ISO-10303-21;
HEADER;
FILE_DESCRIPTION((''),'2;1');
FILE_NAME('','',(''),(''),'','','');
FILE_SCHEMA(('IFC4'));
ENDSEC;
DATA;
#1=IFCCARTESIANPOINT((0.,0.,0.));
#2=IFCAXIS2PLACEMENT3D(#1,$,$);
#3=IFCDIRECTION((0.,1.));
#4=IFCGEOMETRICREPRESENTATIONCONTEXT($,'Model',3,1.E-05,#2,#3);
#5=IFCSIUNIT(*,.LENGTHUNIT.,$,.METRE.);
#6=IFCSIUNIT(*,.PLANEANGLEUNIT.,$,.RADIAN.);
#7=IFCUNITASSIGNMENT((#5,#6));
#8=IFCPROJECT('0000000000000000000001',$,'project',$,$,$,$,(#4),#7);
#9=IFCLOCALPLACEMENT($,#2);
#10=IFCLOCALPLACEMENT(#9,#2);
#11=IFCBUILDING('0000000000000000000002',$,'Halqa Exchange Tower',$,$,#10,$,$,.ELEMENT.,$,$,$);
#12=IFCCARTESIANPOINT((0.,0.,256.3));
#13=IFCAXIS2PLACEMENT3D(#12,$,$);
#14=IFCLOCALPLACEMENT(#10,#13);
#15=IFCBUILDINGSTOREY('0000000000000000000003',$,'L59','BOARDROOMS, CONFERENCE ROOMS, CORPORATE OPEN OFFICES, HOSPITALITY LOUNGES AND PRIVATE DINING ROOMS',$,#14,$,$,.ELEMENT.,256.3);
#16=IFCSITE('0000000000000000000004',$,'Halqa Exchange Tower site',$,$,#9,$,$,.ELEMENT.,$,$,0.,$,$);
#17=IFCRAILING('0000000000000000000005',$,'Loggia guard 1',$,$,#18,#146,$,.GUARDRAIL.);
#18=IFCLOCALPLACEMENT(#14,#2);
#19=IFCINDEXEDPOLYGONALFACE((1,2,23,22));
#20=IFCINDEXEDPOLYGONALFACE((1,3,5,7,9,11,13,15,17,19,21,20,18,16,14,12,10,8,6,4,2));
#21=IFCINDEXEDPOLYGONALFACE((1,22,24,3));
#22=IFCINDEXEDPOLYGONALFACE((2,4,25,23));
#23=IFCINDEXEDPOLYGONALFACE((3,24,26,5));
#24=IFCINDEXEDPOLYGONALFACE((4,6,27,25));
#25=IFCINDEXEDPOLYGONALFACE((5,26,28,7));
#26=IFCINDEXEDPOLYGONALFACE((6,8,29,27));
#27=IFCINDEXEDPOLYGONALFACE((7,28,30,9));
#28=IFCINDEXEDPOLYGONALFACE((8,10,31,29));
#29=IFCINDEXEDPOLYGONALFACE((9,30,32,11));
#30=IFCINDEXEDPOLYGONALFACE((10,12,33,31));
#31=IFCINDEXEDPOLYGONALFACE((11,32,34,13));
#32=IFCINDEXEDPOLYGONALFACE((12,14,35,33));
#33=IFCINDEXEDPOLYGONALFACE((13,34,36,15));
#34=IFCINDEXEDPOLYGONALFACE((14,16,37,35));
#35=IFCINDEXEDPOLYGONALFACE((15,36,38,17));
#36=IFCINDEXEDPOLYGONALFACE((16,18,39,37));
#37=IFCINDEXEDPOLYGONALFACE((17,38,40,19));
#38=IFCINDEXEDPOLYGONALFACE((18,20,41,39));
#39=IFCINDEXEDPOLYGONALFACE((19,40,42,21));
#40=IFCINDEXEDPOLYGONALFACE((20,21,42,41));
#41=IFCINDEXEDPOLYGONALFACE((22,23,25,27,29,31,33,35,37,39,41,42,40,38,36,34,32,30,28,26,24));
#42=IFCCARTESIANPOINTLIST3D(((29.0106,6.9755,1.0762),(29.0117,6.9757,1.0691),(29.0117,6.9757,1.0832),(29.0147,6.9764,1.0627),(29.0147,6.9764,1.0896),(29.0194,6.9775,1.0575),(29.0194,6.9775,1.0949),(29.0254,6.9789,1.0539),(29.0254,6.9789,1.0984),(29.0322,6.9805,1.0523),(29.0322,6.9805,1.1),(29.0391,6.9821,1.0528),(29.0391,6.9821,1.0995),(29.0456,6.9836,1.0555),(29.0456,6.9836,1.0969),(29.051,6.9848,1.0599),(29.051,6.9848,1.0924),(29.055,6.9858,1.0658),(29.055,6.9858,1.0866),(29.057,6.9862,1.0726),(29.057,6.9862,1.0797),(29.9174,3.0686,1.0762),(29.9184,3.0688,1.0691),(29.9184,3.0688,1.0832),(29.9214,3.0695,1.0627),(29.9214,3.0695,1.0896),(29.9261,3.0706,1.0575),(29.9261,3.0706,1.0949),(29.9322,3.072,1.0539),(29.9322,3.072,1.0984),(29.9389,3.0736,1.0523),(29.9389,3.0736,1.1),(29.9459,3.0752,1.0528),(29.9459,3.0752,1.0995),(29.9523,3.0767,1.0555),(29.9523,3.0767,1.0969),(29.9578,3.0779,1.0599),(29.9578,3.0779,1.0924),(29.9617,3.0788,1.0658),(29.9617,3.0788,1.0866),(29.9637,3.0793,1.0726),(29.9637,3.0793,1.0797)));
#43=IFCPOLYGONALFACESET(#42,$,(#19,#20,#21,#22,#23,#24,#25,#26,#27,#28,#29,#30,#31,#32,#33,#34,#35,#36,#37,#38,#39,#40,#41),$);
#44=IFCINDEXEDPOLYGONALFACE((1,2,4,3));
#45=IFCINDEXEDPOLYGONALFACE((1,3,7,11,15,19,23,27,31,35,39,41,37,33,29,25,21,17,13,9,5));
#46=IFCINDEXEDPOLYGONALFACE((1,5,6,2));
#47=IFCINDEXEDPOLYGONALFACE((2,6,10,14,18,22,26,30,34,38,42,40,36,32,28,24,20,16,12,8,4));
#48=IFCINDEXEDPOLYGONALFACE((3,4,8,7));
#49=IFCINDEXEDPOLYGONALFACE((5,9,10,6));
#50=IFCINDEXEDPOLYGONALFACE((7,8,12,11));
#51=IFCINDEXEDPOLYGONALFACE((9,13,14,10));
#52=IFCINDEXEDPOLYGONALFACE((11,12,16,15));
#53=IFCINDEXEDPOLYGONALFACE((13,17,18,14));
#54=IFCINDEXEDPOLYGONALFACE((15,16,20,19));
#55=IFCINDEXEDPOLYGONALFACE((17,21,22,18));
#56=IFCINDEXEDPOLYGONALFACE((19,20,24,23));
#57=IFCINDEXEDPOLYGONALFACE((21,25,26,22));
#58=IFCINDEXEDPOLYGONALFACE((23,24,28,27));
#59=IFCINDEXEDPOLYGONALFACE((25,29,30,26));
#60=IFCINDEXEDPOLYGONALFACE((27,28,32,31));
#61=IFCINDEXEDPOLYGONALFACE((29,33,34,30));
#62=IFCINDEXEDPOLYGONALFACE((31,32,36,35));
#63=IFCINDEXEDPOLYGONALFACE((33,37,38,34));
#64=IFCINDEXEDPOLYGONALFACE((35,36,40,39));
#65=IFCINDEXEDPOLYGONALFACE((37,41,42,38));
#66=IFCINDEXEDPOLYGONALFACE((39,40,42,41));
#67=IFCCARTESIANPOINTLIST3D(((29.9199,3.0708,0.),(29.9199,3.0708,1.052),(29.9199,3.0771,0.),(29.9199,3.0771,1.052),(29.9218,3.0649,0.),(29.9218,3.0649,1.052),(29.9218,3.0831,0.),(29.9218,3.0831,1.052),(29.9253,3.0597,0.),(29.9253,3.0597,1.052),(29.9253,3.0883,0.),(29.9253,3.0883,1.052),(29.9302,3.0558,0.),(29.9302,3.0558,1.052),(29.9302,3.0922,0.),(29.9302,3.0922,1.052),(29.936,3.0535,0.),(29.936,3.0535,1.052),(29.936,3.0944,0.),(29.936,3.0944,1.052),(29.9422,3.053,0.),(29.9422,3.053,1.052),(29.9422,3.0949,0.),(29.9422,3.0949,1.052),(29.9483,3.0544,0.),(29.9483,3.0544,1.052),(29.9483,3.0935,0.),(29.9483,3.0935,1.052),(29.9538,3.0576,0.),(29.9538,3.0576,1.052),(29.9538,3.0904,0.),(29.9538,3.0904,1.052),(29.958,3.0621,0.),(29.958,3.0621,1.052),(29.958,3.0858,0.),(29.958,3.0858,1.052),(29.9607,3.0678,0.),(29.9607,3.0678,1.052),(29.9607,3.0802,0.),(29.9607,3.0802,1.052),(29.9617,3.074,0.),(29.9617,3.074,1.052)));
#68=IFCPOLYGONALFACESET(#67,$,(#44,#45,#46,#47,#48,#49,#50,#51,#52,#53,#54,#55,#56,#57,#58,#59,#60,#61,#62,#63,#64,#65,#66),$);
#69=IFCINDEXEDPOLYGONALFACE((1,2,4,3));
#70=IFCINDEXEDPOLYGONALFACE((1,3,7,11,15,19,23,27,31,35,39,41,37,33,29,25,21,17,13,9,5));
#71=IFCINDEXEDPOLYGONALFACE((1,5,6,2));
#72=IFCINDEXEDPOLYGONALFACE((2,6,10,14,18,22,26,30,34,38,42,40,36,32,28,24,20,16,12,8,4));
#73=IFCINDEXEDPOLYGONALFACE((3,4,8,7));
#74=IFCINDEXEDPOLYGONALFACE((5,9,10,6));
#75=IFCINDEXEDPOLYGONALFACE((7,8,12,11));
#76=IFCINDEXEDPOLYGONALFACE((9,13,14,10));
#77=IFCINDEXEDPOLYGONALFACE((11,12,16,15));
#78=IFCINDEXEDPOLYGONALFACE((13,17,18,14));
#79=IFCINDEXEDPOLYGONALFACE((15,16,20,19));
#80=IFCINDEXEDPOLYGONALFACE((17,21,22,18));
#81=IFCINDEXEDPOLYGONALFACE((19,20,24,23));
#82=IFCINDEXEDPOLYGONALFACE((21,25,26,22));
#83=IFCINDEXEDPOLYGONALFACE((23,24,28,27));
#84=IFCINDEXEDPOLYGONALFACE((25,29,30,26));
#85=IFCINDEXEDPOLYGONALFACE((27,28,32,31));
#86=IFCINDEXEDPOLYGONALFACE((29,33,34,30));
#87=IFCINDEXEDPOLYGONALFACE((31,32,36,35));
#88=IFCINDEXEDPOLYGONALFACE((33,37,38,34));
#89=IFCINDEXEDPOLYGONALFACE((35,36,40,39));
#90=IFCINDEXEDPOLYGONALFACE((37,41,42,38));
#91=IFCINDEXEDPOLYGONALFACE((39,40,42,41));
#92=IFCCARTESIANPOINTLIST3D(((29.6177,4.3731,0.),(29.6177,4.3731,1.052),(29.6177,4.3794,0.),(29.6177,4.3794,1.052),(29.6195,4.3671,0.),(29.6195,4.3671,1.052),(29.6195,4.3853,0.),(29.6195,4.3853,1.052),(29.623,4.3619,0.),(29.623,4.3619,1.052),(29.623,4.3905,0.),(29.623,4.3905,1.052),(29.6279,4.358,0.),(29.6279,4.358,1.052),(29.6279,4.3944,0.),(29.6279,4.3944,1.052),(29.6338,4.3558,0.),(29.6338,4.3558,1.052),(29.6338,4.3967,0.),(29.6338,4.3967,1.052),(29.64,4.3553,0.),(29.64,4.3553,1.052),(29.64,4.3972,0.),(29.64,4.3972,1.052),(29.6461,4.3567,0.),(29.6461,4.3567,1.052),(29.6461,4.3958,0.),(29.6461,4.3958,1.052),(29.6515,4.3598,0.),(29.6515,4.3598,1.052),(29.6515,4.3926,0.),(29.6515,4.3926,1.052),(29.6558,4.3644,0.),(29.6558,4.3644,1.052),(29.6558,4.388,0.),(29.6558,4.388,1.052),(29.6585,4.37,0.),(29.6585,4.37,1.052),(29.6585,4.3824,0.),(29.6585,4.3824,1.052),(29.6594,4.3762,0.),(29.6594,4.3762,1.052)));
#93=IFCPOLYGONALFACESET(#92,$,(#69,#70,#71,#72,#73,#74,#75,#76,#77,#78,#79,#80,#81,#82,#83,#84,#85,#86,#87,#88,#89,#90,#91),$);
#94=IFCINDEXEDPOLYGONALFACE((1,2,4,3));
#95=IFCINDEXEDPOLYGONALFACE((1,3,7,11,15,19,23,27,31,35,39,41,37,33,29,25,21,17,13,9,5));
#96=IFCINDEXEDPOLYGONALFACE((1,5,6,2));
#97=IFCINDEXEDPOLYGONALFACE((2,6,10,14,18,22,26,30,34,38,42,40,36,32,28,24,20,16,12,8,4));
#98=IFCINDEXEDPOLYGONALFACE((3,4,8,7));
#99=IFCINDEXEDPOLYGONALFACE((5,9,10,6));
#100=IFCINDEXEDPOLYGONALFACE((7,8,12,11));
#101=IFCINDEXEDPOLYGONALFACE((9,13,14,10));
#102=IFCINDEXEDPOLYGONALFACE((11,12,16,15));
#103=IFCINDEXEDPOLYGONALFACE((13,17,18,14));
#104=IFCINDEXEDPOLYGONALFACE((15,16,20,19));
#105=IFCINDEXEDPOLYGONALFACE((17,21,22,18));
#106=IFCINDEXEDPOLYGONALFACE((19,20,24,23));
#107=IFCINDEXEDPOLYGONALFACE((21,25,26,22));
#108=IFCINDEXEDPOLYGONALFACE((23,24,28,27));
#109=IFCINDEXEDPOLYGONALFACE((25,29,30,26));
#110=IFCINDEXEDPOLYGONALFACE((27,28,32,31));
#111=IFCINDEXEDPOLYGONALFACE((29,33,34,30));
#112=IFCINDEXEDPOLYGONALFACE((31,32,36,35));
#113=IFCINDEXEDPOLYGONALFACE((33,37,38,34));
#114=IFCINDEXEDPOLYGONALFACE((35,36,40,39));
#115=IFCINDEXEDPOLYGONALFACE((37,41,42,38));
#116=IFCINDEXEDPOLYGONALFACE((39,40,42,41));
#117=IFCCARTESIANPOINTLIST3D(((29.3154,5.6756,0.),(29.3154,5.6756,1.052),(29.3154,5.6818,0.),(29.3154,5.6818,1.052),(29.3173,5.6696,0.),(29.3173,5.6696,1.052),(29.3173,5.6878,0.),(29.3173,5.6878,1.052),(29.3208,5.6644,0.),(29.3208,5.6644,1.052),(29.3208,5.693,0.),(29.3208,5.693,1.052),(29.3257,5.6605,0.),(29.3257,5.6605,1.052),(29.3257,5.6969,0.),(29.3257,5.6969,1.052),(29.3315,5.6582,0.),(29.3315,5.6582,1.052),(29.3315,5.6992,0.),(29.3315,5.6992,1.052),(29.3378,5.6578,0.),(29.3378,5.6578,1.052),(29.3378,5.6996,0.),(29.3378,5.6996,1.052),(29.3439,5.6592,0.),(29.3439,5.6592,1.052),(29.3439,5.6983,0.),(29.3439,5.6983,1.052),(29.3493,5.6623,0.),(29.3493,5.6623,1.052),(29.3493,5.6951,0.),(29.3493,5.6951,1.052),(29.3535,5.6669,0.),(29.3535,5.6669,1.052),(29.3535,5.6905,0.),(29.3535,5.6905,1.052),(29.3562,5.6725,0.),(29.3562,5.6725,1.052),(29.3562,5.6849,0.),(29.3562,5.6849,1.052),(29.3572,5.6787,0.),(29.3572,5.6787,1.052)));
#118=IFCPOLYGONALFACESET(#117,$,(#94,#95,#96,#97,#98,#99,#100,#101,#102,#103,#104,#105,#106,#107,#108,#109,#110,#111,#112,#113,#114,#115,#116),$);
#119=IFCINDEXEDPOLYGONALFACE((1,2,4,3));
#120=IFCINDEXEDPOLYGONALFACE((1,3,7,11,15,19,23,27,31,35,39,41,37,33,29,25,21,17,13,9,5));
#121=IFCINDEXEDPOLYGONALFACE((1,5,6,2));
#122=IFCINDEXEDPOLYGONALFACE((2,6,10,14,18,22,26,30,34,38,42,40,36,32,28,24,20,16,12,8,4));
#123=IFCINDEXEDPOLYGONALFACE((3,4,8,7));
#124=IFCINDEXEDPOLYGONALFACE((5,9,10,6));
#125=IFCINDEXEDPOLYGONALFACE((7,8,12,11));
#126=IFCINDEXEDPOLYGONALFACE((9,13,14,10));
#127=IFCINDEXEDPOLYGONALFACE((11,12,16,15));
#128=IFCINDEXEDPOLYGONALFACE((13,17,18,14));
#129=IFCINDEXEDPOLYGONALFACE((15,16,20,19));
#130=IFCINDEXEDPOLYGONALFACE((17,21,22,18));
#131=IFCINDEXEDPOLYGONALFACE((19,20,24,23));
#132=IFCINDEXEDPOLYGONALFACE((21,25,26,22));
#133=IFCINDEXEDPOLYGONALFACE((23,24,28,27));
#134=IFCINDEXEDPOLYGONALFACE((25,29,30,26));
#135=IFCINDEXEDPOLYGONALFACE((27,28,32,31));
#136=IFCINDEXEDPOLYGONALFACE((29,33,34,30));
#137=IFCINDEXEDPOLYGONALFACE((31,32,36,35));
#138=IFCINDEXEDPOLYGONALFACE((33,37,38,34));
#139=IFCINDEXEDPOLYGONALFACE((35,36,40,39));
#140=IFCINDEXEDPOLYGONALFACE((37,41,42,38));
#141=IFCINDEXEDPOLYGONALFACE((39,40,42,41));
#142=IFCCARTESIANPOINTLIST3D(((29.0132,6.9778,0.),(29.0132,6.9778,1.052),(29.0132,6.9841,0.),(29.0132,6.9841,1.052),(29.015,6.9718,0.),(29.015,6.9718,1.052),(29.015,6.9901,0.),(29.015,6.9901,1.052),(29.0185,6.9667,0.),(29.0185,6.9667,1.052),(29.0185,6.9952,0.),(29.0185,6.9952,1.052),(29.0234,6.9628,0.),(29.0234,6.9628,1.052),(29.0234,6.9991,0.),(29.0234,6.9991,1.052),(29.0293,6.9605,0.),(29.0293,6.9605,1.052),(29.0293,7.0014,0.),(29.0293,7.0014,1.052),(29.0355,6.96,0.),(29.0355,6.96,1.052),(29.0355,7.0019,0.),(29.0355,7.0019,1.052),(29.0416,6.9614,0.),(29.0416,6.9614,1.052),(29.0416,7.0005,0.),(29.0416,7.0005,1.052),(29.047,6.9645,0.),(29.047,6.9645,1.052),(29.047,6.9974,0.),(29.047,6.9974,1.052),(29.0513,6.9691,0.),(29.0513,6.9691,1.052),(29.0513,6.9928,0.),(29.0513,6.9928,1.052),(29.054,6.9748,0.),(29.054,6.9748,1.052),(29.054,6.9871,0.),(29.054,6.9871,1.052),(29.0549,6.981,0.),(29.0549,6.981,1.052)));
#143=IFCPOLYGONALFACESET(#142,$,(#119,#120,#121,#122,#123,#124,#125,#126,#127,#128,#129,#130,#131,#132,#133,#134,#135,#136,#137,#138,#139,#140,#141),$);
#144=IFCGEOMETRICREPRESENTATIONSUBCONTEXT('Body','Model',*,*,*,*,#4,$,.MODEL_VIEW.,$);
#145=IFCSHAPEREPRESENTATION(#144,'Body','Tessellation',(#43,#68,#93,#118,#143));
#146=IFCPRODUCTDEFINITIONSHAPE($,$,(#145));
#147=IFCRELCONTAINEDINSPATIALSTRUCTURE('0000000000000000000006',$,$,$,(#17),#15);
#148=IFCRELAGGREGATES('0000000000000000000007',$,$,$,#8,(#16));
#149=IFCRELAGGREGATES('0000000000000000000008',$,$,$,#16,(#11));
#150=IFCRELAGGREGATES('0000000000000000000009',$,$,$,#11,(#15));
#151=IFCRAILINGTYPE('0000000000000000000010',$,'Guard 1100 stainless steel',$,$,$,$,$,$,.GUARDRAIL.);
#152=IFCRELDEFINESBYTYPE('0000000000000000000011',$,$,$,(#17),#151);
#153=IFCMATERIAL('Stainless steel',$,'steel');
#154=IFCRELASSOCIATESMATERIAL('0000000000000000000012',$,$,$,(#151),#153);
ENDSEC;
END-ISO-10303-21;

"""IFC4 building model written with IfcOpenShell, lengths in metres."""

from ifc_helpers import new_model, si_unit, direction, frame, origin, origin_2d, place, context, subcontext, project, spatial, circle, extrude, material, type_object, element, save


model = new_model("IFC4")

# Units and contexts
model_context = context("Model", 3, precision=1e-05, world=origin(), true_north=direction((0.0, 1.0)))
body_context = subcontext(model_context, "Body", "Model", "MODEL_VIEW")
ifc_project = project(units=[si_unit("LENGTHUNIT", "METRE"), si_unit("PLANEANGLEUNIT", "RADIAN")], contexts=[model_context])

# Site, building, storey
site_placement = place(None, origin())
site = spatial("IfcSite", under=ifc_project, at=site_placement, Name="Halqa Exchange Tower site", CompositionType="ELEMENT", RefElevation=0.0)
building_placement = place(site_placement, origin())
building = spatial("IfcBuilding", under=site, at=building_placement, Name="Halqa Exchange Tower", CompositionType="ELEMENT")
storey_placement = place(building_placement, frame((0.0, 0.0, 256.3)))
storey = spatial("IfcBuildingStorey", under=building, at=storey_placement, Name="L59", Description="BOARDROOMS, CONFERENCE ROOMS, CORPORATE OPEN OFFICES, HOSPITALITY LOUNGES AND PRIVATE DINING ROOMS", CompositionType="ELEMENT", Elevation=256.3)

# Railing
ifc_material_1 = material(Name="Stainless steel", Category="steel")
railing_type = type_object("IfcRailingType", Name="Guard 1100 stainless steel", PredefinedType="GUARDRAIL", material=ifc_material_1)
railing_1_placement = place(storey_placement, frame((29.9407, 3.074, 0.0)))
element("IfcRailing", 1, at=railing_1_placement, inside=storey, type_object=railing_type, Name="Loggia guard 1", PredefinedType="GUARDRAIL", context=body_context, shape_type="SweptSolid", body=[
    extrude(circle(Radius=0.0239, at=origin_2d()), frame((0.0, 0.0, 1.0762), z_axis=(-0.226073, 0.97411, 0.0), x_axis=(-0.97411, -0.226073, 0.0)), (0.0, 0.0, 1.0), 4.0107),
    extrude(circle(Radius=0.021, at=origin_2d()), origin(), (0.0, 0.0, 1.0), 1.052),
    extrude(circle(Radius=0.021, at=origin_2d()), frame((-0.3022, 1.3022, 0.0)), (0.0, 0.0, 1.0), 1.052),
    extrude(circle(Radius=0.021, at=origin_2d()), frame((-0.6045, 2.6047, 0.0)), (0.0, 0.0, 1.0), 1.052),
    extrude(circle(Radius=0.021, at=origin_2d()), frame((-0.9067, 3.907, 0.0)), (0.0, 0.0, 1.0), 1.052),
])

save(model, "model.ifc")
